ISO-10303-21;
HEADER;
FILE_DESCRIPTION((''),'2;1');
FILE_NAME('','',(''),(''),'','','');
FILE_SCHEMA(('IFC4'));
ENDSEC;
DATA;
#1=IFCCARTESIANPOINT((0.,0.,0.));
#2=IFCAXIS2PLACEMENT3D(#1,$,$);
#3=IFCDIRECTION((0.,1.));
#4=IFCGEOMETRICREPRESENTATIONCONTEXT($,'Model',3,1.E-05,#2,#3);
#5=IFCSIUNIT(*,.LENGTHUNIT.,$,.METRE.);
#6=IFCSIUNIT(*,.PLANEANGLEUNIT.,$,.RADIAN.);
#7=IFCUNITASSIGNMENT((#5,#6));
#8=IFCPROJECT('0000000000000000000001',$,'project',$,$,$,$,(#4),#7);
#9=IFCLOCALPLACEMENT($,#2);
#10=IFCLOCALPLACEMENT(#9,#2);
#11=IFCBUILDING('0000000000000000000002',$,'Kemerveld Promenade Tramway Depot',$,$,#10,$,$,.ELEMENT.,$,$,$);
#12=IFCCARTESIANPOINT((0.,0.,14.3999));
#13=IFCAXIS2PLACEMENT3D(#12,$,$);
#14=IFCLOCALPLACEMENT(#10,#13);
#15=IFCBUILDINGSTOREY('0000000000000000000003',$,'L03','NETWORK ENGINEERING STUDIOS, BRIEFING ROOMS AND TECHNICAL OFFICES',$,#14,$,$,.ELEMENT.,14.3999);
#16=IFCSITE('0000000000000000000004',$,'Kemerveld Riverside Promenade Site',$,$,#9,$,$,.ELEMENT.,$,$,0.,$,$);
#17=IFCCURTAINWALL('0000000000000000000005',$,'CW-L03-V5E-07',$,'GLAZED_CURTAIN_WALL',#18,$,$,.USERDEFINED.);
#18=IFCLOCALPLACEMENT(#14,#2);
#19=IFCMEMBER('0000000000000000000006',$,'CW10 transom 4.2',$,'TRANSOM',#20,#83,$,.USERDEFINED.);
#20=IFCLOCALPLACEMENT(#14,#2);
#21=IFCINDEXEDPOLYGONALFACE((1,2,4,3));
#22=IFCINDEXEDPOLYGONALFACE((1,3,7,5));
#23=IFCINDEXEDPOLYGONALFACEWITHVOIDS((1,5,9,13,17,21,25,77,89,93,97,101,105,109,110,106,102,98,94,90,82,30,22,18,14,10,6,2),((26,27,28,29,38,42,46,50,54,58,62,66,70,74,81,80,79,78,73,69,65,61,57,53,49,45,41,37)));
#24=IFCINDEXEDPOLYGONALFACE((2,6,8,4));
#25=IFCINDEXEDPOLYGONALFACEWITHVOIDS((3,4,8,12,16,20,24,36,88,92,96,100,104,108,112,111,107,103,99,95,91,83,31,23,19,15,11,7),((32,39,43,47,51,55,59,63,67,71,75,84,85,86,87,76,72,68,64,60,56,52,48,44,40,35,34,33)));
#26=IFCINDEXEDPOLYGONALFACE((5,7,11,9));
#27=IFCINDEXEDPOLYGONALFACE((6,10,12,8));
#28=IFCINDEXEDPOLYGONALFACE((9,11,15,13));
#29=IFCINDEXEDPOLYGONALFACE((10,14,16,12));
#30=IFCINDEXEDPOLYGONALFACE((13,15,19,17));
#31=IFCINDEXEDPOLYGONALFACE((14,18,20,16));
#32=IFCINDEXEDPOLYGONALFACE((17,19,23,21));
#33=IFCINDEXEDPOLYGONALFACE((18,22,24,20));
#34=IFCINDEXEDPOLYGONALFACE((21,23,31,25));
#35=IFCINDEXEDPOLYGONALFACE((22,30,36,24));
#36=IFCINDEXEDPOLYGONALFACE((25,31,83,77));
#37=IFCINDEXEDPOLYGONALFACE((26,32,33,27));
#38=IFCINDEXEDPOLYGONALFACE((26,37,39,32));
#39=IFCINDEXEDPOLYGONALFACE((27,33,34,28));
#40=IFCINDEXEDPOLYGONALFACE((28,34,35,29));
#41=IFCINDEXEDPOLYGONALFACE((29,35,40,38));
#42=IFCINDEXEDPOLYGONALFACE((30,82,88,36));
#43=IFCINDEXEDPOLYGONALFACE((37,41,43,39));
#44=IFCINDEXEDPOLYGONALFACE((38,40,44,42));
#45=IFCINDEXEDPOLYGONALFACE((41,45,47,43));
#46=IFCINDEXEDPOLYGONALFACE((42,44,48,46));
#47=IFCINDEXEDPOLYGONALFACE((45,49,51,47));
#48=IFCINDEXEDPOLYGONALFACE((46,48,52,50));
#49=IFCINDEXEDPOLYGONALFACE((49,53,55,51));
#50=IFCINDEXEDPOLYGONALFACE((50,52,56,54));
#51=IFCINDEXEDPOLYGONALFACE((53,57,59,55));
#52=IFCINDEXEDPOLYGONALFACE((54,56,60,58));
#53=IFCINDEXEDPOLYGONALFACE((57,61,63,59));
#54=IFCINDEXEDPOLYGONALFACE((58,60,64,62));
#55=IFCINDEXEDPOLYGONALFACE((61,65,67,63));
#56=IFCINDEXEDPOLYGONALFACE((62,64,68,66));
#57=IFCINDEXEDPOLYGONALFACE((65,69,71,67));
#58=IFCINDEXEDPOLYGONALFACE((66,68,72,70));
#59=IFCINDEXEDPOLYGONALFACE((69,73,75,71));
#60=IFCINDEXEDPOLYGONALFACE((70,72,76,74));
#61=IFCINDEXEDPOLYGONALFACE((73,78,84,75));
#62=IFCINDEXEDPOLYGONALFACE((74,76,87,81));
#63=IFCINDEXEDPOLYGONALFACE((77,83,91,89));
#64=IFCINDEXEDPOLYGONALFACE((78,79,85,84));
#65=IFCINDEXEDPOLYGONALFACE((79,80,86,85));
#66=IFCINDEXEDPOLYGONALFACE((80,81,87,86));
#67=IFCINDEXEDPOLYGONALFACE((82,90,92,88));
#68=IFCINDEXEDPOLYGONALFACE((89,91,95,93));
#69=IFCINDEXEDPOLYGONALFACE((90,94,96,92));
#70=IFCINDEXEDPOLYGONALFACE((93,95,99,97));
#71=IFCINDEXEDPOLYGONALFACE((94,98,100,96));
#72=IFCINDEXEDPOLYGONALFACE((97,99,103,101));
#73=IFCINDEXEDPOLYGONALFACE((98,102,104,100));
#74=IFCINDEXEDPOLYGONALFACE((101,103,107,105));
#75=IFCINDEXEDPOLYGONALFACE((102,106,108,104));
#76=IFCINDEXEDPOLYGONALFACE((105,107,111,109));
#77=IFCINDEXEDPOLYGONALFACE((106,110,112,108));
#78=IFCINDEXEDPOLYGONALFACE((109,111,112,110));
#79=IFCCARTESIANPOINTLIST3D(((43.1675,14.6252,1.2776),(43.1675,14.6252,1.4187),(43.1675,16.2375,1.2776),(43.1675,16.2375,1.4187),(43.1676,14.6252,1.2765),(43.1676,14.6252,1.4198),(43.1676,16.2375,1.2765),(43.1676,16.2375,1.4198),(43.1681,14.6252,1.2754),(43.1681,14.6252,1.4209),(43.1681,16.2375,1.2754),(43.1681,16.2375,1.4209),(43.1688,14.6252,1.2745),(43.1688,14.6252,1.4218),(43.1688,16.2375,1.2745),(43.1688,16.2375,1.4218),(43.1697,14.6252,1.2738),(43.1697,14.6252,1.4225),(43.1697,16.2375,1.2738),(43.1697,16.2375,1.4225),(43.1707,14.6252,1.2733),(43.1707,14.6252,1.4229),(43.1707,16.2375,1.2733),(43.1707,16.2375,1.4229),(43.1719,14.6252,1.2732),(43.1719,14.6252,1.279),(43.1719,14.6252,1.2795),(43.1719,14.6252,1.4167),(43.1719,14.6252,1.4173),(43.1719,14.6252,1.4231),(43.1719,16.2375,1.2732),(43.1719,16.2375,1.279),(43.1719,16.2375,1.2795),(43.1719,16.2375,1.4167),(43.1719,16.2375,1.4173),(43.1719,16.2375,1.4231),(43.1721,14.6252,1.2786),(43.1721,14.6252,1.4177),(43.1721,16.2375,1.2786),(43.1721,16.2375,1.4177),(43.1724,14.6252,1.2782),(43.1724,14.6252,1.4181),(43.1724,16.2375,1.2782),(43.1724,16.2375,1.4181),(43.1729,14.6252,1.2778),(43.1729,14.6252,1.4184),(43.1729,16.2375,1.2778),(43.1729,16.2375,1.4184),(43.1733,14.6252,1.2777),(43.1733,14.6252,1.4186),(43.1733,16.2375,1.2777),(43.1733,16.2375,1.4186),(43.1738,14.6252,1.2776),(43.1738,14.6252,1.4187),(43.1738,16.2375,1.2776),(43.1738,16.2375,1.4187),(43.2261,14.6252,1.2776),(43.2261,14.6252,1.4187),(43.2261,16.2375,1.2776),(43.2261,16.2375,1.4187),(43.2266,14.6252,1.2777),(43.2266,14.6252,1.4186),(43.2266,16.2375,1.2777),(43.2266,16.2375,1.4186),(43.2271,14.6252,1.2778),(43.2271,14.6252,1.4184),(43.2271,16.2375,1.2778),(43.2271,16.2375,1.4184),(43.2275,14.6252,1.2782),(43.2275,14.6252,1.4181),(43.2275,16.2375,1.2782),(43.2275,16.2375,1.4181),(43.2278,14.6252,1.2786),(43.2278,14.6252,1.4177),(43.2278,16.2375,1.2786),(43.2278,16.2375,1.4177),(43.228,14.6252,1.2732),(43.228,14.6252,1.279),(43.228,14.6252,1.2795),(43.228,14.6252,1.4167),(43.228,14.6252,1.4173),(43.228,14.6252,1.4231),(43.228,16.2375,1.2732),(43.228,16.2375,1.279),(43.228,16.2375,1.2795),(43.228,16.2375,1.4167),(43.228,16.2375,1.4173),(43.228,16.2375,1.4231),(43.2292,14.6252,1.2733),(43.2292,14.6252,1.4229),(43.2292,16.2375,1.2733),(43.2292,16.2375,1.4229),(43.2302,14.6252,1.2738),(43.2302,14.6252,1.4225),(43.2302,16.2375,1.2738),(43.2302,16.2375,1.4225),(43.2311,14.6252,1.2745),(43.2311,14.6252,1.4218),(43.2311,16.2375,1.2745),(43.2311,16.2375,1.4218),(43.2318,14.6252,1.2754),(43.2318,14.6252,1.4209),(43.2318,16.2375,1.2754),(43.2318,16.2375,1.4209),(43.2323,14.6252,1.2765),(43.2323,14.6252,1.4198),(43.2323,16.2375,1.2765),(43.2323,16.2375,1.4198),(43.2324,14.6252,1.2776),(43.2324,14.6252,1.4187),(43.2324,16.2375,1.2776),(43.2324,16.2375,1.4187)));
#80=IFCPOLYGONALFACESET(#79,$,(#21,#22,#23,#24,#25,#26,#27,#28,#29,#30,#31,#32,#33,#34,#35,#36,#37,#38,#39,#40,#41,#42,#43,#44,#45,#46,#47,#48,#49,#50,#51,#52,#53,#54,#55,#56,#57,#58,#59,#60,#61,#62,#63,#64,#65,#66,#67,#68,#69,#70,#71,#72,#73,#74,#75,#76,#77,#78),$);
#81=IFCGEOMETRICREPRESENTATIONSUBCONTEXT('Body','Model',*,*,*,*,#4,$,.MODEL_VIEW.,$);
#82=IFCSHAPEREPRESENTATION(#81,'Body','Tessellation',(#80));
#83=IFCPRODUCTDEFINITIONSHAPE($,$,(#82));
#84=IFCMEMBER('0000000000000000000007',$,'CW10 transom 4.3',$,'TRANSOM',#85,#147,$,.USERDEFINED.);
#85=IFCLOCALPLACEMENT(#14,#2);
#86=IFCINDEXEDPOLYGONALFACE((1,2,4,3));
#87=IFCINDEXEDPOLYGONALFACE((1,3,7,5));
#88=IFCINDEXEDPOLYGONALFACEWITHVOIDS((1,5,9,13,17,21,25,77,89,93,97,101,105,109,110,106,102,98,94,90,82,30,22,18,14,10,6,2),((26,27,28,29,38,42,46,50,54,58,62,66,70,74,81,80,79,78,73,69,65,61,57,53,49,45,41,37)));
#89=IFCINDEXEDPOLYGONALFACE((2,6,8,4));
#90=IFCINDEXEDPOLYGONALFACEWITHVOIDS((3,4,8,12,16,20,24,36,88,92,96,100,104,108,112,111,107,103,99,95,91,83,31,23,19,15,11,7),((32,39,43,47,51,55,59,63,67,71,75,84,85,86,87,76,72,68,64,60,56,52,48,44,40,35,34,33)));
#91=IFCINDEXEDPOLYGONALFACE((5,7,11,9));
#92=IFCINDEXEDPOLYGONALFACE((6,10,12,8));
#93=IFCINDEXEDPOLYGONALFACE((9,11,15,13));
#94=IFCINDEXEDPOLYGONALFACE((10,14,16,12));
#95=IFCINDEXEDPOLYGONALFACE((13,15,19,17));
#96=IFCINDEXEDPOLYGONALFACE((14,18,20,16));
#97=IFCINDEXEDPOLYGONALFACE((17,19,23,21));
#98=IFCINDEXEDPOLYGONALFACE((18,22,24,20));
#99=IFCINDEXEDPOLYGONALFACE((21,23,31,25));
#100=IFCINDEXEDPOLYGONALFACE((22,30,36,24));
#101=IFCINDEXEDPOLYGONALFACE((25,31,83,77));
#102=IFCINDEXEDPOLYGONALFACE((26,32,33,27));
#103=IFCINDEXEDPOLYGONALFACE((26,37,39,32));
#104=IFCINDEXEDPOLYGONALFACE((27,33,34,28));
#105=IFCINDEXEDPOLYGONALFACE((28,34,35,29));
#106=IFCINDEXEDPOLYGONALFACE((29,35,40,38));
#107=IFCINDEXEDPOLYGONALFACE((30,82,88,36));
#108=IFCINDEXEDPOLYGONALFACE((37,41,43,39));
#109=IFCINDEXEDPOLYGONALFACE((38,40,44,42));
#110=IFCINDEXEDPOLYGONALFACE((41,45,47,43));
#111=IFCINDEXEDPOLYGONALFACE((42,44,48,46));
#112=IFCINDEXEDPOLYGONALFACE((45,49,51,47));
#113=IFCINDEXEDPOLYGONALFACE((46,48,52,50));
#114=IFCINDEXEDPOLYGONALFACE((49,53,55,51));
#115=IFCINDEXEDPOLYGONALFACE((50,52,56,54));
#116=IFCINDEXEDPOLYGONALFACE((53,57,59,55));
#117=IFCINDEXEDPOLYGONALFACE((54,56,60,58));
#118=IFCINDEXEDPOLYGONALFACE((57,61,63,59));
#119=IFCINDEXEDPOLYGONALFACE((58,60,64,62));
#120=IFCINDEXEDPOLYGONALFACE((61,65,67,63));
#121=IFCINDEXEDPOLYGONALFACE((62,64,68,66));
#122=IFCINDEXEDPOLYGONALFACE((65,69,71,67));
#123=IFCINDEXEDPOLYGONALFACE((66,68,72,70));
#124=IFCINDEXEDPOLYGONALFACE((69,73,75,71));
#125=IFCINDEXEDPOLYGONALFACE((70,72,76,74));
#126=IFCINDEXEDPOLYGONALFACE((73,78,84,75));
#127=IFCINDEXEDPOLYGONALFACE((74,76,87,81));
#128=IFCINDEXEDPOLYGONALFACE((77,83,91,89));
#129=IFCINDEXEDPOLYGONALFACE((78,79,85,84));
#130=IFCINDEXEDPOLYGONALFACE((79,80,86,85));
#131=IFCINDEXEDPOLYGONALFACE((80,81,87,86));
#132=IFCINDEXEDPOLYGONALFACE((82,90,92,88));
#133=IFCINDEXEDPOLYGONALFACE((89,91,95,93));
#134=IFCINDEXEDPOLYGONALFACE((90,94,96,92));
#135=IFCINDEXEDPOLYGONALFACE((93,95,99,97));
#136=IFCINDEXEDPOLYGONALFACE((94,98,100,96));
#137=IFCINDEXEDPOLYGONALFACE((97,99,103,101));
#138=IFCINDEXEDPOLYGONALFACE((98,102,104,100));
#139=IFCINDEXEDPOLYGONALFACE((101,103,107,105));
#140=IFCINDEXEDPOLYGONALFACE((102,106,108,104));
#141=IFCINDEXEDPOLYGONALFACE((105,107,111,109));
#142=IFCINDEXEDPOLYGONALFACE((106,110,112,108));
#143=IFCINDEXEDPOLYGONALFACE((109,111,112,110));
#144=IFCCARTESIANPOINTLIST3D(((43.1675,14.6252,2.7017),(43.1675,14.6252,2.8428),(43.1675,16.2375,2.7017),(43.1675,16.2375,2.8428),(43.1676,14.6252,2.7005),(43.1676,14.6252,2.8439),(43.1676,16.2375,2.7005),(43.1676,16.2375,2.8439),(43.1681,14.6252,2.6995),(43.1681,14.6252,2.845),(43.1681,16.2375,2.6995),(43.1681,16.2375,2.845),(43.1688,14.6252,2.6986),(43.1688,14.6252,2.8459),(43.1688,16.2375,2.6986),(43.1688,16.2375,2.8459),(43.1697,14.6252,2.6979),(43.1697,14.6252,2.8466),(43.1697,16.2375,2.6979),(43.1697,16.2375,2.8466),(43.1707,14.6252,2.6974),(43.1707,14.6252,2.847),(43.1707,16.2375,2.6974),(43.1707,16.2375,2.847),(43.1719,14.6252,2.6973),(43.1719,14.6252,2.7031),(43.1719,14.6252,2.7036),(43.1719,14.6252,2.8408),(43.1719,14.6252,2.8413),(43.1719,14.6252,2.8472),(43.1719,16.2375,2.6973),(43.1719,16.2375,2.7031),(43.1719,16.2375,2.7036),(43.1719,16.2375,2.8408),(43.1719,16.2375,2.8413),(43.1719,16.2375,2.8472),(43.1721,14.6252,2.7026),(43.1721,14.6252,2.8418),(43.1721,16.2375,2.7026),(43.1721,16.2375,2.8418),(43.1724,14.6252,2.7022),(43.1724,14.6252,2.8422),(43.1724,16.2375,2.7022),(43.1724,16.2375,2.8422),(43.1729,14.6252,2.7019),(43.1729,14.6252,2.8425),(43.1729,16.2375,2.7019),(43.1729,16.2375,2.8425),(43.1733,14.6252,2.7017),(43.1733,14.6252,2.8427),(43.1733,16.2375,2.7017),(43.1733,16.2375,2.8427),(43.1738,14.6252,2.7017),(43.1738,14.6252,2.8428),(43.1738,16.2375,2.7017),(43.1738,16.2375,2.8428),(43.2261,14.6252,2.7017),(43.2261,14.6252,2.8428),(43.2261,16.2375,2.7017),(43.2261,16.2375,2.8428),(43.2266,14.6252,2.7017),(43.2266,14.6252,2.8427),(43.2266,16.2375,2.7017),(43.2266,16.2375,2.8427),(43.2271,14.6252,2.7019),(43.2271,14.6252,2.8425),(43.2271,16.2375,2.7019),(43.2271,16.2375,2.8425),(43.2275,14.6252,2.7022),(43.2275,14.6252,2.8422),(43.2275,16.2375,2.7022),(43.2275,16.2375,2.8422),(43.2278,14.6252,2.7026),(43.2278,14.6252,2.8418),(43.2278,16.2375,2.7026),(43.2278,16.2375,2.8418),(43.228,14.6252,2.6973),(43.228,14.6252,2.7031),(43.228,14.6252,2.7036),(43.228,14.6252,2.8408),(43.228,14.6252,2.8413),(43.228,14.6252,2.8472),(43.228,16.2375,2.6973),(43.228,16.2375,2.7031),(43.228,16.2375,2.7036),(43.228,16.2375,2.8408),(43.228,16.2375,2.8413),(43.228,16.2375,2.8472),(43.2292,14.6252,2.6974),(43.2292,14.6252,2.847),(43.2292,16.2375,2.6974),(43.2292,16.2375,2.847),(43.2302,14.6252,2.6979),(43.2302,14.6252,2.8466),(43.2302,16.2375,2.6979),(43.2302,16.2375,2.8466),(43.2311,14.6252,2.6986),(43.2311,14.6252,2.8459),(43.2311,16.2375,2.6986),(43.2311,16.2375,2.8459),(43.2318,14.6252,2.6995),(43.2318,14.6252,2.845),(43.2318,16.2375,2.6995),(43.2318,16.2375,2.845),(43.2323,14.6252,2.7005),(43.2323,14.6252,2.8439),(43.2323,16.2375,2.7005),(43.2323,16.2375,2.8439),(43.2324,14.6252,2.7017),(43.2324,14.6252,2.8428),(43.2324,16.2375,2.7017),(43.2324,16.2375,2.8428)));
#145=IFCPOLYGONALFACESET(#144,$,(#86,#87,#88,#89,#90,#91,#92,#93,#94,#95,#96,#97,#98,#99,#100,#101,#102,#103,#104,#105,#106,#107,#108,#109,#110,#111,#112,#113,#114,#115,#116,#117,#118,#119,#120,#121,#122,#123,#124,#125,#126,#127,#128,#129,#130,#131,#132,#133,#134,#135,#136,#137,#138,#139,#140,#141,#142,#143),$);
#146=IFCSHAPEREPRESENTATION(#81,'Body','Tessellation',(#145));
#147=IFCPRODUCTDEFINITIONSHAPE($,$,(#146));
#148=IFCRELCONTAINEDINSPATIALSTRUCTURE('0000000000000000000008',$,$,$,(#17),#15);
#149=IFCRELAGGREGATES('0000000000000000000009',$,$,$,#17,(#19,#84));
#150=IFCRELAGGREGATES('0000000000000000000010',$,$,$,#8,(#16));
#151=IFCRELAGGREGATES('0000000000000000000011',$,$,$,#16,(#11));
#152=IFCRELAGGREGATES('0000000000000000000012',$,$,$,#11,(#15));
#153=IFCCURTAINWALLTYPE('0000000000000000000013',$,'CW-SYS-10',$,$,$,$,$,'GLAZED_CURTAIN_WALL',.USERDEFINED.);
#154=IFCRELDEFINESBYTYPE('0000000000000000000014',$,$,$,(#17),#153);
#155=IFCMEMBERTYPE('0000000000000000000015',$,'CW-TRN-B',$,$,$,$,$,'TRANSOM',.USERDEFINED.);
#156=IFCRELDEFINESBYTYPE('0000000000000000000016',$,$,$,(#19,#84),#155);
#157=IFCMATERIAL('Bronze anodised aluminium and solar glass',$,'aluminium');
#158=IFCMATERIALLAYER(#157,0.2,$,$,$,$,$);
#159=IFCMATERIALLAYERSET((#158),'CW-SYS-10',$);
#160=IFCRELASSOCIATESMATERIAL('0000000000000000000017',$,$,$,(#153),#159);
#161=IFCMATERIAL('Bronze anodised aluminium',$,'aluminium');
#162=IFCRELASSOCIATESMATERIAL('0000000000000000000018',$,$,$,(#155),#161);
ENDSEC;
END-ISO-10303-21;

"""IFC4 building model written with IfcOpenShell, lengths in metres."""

from ifc_helpers import new_model, si_unit, direction, frame, origin, origin_2d, place, context, subcontext, project, spatial, hollow_rectangle, extrude, material, layer, layer_set, material_profile, profile_set, type_object, element, aggregate, save


model = new_model("IFC4")

# Units and contexts
model_context = context("Model", 3, precision=1e-05, world=origin(), true_north=direction((0.0, 1.0)))
body_context = subcontext(model_context, "Body", "Model", "MODEL_VIEW")
ifc_project = project(units=[si_unit("LENGTHUNIT", "METRE"), si_unit("PLANEANGLEUNIT", "RADIAN")], contexts=[model_context])

# Site, building, storey
site_placement = place(None, origin())
site = spatial("IfcSite", under=ifc_project, at=site_placement, Name="Kemerveld Riverside Promenade Site", CompositionType="ELEMENT", RefElevation=0.0)
building_placement = place(site_placement, origin())
building = spatial("IfcBuilding", under=site, at=building_placement, Name="Kemerveld Promenade Tramway Depot", CompositionType="ELEMENT")
storey_placement = place(building_placement, frame((0.0, 0.0, 14.3999)))
storey = spatial("IfcBuildingStorey", under=building, at=storey_placement, Name="L03", Description="NETWORK ENGINEERING STUDIOS, BRIEFING ROOMS AND TECHNICAL OFFICES", CompositionType="ELEMENT", Elevation=14.3999)

# Curtain wall
ifc_material_1 = material(Name="Bronze anodised aluminium and solar glass", Category="aluminium")
ifc_layer_1 = layer(ifc_material_1, 0.2)
ifc_layer_set_1 = layer_set([ifc_layer_1], Name="CW-SYS-10")
curtain_wall_type_1 = type_object("IfcCurtainWallType", Name="CW-SYS-10", ElementType="GLAZED_CURTAIN_WALL", PredefinedType="USERDEFINED", material=ifc_layer_set_1)
curtain_wall_1_placement = place(storey_placement, origin())
curtain_wall_1 = element("IfcCurtainWall", 1, at=curtain_wall_1_placement, inside=storey, type_object=curtain_wall_type_1, Name="CW-L03-V5E-07", ObjectType="GLAZED_CURTAIN_WALL", PredefinedType="USERDEFINED")
ifc_material_2 = material(Name="Bronze anodised aluminium", Category="aluminium")

# Members
ifc_material_profile_1 = material_profile(ifc_material_2, hollow_rectangle(XDim=0.0649, YDim=0.1499, WallThickness=0.0044, InnerFilletRadius=0.002, OuterFilletRadius=0.0044, at=origin_2d()), Name="CW-TRN-150x65")
ifc_profile_set_1 = profile_set([ifc_material_profile_1], Name="Bronze anodised aluminium")
member_type_1 = type_object("IfcMemberType", Name="CW-TRN-B", ElementType="TRANSOM", PredefinedType="USERDEFINED", material=ifc_profile_set_1)
member_1_placement = place(storey_placement, frame((43.2, 16.2375, 1.3481), z_axis=(0.0, -1.0, 0.0), x_axis=(1.0, 0.0, 0.0)))
member_1 = element("IfcMember", 2, at=member_1_placement, type_object=member_type_1, Name="CW10 transom 4.2", ObjectType="TRANSOM", PredefinedType="USERDEFINED", context=body_context, shape_type="SweptSolid", body=[
    extrude(hollow_rectangle(XDim=0.0649, YDim=0.1499, WallThickness=0.0044, InnerFilletRadius=0.002, OuterFilletRadius=0.0044, at=origin_2d()), origin(), (0.0, 0.0, 1.0), 1.6123),
])
member_2_placement = place(storey_placement, frame((43.2, 16.2375, 2.7722), z_axis=(0.0, -1.0, 0.0), x_axis=(1.0, 0.0, 0.0)))
member_2 = element("IfcMember", 3, at=member_2_placement, type_object=member_type_1, Name="CW10 transom 4.3", ObjectType="TRANSOM", PredefinedType="USERDEFINED", context=body_context, shape_type="SweptSolid", body=[
    extrude(hollow_rectangle(XDim=0.0649, YDim=0.1499, WallThickness=0.0044, InnerFilletRadius=0.002, OuterFilletRadius=0.0044, at=origin_2d()), origin(), (0.0, 0.0, 1.0), 1.6123),
])

aggregate(curtain_wall_1, [member_1, member_2])

save(model, "model.ifc")
